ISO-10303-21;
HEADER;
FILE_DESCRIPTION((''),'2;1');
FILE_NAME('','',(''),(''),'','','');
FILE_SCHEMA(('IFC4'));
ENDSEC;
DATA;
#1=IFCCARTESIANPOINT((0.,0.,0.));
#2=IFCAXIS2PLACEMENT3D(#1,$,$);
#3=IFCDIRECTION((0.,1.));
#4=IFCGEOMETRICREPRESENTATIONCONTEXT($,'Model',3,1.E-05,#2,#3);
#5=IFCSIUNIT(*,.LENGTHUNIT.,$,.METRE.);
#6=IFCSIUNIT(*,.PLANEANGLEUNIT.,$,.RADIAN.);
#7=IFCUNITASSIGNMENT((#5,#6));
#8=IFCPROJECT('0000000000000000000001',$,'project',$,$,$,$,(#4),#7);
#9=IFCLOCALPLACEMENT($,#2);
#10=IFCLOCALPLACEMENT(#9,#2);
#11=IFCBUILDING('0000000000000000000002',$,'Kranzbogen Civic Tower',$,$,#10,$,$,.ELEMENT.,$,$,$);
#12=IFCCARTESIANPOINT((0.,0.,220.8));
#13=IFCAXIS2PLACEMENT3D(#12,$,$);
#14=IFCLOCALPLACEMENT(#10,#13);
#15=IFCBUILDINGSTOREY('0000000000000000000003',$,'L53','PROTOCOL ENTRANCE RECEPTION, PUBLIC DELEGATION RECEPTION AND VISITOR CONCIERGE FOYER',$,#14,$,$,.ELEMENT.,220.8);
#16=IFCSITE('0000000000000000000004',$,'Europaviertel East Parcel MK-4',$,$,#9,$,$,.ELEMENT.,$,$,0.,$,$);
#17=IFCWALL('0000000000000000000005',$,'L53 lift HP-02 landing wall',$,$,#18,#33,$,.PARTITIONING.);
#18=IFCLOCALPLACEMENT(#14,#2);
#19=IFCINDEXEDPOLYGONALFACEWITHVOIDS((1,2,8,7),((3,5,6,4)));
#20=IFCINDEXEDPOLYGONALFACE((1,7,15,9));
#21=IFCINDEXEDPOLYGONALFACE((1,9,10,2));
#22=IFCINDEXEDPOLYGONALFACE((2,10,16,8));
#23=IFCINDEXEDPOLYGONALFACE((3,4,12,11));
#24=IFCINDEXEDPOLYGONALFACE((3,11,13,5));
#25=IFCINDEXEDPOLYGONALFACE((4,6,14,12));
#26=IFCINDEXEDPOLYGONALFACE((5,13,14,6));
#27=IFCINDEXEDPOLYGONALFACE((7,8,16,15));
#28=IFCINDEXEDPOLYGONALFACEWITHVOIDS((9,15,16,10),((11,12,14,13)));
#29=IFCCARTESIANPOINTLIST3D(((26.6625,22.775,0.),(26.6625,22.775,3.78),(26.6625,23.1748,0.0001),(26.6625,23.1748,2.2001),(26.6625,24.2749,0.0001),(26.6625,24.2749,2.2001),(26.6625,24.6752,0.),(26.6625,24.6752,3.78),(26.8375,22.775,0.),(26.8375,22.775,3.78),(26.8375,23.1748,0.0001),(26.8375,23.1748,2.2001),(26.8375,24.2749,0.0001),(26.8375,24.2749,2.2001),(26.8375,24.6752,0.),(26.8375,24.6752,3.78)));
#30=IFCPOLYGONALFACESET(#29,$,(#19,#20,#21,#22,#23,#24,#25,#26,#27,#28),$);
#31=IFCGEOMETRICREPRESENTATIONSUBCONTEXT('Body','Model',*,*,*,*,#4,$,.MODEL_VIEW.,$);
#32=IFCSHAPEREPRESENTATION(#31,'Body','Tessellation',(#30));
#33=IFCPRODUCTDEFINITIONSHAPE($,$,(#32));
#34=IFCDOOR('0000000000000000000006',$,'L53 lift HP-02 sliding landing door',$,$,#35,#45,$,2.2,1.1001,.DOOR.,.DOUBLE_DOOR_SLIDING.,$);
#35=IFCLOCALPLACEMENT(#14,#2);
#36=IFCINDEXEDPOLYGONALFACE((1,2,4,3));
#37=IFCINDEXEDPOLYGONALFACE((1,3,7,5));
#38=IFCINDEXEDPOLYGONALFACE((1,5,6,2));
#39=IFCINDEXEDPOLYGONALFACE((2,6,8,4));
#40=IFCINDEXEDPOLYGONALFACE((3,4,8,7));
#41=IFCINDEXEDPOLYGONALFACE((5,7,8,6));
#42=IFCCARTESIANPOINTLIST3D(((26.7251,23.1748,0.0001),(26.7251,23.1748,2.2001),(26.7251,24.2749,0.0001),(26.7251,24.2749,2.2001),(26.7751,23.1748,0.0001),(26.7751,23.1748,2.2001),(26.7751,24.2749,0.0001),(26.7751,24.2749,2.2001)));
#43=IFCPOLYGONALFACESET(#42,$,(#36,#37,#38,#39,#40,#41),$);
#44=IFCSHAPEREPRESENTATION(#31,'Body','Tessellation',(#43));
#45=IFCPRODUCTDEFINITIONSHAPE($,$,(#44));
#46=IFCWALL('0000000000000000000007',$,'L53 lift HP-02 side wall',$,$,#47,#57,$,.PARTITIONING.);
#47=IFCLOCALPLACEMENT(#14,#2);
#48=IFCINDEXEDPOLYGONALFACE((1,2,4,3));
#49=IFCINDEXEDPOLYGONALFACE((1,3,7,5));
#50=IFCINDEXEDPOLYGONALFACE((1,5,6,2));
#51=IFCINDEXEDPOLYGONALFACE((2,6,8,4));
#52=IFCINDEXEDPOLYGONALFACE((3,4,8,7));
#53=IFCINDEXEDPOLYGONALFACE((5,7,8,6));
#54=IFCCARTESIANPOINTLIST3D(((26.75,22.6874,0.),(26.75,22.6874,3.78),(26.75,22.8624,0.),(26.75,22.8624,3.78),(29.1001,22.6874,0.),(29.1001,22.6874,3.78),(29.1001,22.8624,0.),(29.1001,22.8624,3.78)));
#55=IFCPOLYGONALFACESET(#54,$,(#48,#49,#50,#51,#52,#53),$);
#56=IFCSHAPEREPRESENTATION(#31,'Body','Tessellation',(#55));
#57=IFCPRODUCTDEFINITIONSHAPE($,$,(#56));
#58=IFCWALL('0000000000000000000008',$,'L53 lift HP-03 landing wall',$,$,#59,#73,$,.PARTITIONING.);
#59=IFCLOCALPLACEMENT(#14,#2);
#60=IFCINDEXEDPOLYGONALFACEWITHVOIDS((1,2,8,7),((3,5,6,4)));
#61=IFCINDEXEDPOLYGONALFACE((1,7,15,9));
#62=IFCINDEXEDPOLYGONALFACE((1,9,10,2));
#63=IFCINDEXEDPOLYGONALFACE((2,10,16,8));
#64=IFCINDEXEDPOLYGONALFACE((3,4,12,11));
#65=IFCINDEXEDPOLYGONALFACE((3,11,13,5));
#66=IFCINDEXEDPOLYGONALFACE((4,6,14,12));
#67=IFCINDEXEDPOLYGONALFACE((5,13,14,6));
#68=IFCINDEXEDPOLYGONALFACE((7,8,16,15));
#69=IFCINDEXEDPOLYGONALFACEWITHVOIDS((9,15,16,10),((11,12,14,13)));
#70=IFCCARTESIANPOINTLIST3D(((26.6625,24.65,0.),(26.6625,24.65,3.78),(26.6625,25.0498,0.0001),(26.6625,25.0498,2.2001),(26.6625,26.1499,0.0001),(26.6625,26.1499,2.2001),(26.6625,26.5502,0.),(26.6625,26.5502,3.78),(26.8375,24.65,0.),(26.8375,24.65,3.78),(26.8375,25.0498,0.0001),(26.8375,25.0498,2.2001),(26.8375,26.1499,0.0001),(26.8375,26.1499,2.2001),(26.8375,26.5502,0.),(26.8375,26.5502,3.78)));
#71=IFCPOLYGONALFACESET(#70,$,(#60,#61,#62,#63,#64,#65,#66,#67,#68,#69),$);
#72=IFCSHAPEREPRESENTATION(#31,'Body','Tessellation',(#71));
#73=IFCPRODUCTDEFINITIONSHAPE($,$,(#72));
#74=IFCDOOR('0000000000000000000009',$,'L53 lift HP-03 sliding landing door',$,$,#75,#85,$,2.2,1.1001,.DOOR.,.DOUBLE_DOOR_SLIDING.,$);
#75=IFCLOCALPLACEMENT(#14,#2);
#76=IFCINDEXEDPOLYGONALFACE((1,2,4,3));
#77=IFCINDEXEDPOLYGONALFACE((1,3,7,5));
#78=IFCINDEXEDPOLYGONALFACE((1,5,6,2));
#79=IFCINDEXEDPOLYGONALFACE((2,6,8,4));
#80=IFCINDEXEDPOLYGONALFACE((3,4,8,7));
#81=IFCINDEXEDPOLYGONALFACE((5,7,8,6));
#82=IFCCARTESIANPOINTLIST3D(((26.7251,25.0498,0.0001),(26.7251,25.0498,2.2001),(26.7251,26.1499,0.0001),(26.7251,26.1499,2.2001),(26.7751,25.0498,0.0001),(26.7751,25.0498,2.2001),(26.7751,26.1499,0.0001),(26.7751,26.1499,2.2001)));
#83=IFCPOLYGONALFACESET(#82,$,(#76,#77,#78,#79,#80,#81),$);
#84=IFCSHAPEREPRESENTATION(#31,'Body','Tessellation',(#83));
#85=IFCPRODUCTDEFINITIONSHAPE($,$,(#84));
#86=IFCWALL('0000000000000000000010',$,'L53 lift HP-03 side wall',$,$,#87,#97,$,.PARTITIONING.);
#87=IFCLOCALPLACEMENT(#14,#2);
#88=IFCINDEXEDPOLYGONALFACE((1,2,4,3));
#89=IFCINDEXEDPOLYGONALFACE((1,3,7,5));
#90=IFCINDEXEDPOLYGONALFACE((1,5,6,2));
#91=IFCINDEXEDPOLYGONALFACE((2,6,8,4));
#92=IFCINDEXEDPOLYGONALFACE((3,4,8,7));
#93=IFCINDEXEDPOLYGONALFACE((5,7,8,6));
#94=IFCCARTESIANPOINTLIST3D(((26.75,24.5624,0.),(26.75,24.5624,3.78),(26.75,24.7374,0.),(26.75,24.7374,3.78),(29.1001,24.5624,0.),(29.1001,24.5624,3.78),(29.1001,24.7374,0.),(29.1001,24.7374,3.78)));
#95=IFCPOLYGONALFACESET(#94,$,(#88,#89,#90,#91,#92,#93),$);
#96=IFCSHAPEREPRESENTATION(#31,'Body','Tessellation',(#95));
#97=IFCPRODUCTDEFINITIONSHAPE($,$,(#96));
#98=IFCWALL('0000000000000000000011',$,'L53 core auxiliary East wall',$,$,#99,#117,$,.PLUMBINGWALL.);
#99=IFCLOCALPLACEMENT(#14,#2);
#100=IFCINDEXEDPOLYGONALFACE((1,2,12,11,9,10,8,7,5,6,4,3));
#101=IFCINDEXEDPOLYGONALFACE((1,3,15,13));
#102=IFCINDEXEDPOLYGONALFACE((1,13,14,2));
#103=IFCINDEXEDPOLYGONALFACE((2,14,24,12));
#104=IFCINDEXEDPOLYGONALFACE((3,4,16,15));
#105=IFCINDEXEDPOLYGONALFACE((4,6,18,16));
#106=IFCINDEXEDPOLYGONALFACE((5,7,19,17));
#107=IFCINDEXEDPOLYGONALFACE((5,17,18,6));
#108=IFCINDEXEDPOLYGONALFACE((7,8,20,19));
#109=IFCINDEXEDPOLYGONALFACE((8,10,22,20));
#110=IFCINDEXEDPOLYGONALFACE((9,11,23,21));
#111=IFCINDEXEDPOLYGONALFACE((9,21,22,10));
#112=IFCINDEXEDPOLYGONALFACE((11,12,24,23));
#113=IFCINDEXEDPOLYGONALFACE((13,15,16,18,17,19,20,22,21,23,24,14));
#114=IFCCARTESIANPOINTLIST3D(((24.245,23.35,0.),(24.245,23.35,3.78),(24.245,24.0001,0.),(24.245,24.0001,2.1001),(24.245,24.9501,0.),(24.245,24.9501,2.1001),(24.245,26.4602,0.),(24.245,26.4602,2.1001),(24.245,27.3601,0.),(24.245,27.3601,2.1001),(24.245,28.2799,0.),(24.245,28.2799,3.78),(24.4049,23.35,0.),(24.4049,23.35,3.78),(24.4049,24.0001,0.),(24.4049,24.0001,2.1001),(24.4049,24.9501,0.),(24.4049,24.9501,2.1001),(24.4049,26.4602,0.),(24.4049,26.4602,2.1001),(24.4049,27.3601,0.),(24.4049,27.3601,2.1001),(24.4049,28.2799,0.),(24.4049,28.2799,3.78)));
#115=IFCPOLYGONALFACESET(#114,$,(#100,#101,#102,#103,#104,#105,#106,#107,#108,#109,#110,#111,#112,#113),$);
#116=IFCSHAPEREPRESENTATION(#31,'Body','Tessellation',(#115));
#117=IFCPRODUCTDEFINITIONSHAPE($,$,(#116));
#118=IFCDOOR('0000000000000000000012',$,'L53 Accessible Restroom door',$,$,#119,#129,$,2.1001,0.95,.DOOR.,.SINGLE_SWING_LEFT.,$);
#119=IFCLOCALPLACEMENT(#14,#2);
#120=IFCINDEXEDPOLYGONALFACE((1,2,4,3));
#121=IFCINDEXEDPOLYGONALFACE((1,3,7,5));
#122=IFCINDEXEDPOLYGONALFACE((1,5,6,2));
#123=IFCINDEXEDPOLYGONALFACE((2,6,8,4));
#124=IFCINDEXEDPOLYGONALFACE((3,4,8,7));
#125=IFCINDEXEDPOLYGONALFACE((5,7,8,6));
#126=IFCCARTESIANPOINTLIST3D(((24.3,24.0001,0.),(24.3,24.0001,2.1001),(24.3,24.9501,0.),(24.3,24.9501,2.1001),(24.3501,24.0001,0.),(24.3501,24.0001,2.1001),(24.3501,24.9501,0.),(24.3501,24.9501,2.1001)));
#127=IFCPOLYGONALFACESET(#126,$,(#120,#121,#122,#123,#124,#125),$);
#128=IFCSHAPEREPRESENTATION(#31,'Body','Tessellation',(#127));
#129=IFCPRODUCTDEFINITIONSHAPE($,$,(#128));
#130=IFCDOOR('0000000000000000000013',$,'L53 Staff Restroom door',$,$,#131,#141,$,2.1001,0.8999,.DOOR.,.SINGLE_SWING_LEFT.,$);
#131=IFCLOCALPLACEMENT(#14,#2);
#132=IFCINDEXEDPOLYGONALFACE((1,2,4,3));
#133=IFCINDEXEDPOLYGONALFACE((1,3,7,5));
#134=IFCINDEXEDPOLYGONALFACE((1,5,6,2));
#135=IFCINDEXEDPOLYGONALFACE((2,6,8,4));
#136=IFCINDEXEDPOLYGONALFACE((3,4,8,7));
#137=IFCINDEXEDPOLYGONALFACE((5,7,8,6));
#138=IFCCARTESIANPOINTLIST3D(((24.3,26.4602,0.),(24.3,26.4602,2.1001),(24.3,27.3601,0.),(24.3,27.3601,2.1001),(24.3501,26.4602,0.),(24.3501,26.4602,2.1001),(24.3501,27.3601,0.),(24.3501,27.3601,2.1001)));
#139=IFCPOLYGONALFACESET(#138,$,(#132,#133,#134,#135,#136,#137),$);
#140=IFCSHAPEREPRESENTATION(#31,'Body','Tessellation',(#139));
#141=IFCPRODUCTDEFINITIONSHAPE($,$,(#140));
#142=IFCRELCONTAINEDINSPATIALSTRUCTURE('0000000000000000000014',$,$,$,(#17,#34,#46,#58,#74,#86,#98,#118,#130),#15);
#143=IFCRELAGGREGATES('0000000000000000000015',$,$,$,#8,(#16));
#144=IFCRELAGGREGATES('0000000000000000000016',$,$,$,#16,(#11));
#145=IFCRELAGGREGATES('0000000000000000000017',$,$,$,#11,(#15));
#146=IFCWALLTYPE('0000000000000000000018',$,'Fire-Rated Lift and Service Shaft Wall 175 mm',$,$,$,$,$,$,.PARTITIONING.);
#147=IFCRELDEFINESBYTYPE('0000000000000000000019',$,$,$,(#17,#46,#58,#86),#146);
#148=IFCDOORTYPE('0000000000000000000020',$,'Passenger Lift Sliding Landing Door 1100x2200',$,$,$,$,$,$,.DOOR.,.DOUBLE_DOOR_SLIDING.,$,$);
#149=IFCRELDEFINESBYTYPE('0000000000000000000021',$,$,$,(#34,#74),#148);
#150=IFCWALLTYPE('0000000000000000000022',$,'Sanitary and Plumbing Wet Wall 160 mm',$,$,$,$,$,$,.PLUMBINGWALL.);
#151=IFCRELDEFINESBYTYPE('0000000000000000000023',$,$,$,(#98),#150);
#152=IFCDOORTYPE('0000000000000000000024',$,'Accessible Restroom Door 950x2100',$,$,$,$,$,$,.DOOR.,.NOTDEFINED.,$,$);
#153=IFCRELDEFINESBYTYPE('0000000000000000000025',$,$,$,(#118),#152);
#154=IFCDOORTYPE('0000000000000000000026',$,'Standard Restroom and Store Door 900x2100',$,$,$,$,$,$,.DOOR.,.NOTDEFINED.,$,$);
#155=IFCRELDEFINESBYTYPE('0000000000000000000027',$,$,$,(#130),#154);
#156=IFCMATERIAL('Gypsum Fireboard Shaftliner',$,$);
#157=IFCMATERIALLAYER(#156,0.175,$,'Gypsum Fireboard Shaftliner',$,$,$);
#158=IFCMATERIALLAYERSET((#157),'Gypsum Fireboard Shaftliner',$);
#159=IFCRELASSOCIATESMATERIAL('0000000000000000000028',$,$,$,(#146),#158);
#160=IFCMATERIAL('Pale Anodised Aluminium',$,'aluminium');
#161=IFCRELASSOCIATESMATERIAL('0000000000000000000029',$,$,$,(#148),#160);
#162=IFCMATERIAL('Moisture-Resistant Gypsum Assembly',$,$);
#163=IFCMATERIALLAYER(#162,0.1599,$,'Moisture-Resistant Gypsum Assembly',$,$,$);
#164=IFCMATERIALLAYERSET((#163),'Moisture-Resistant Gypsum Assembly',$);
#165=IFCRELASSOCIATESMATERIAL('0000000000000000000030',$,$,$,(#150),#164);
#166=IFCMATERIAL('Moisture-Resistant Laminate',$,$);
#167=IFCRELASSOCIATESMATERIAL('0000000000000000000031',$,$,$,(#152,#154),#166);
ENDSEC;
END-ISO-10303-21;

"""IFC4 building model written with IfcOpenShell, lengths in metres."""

from ifc_helpers import new_model, si_unit, direction, frame, frame_2d, origin, place, context, subcontext, project, spatial, rectangle, extrude, material, layer, layer_set, type_object, element, fill, save


model = new_model("IFC4")

# Units and contexts
model_context = context("Model", 3, precision=1e-05, world=origin(), true_north=direction((0.0, 1.0)))
body_context = subcontext(model_context, "Body", "Model", "MODEL_VIEW")
ifc_project = project(units=[si_unit("LENGTHUNIT", "METRE"), si_unit("PLANEANGLEUNIT", "RADIAN")], contexts=[model_context])

# Site, building, storey
site_placement = place(None, origin())
site = spatial("IfcSite", under=ifc_project, at=site_placement, Name="Europaviertel East Parcel MK-4", CompositionType="ELEMENT", RefElevation=0.0)
building_placement = place(site_placement, origin())
building = spatial("IfcBuilding", under=site, at=building_placement, Name="Kranzbogen Civic Tower", CompositionType="ELEMENT")
storey_placement = place(building_placement, frame((0.0, 0.0, 220.8)))
storey = spatial("IfcBuildingStorey", under=building, at=storey_placement, Name="L53", Description="PROTOCOL ENTRANCE RECEPTION, PUBLIC DELEGATION RECEPTION AND VISITOR CONCIERGE FOYER", CompositionType="ELEMENT", Elevation=220.8)

# Shared definitions
ifc_material_1 = material(Name="Gypsum Fireboard Shaftliner")
ifc_layer_1 = layer(ifc_material_1, 0.175, Name="Gypsum Fireboard Shaftliner")
ifc_layer_set_1 = layer_set([ifc_layer_1], Name="Gypsum Fireboard Shaftliner")
wall_type_1 = type_object("IfcWallType", Name="Fire-Rated Lift and Service Shaft Wall 175 mm", PredefinedType="PARTITIONING", material=ifc_layer_set_1)

# Shared definitions
ifc_material_2 = material(Name="Pale Anodised Aluminium", Category="aluminium")
door_type_1 = type_object("IfcDoorType", Name="Passenger Lift Sliding Landing Door 1100x2200", OperationType="DOUBLE_DOOR_SLIDING", PredefinedType="DOOR", material=ifc_material_2)

# Wall, opening, door
wall_1_placement = place(storey_placement, frame((26.75, 22.7749, 0.0), z_axis=(0.0, 0.0, 1.0), x_axis=(0.0, 1.0, 0.0)))
wall_1 = element("IfcWall", 1, at=wall_1_placement, inside=storey, type_object=wall_type_1, Name="L53 lift HP-02 landing wall", PredefinedType="PARTITIONING", context=body_context, shape_type="SweptSolid", body=[
    extrude(rectangle(XDim=1.9001, YDim=0.175, at=frame_2d((0.9502, 0.0))), origin(), (0.0, 0.0, 1.0), 3.78),
])
opening_1_placement = place(wall_1_placement, frame((0.3999, 0.0, 0.0)))
opening_1 = element("IfcOpeningElement", 2, at=opening_1_placement, cuts=wall_1, PredefinedType="OPENING", context=body_context, shape_type="SweptSolid", body=[
    extrude(rectangle(XDim=1.1001, YDim=2.2, at=frame_2d((0.55, 1.1001))), frame((0.0, 0.0977, 0.0), z_axis=(0.0, -1.0, 0.0), x_axis=(1.0, 0.0, 0.0)), (0.0, 0.0, 1.0), 0.1951),
])
door_1_placement = place(opening_1_placement, origin())
door_1 = element("IfcDoor", 3, at=door_1_placement, inside=storey, type_object=door_type_1, Name="L53 lift HP-02 sliding landing door", OperationType="DOUBLE_DOOR_SLIDING", OverallHeight=2.2, OverallWidth=1.1001, PredefinedType="DOOR", context=body_context, shape_type="SweptSolid", body=[
    extrude(rectangle(XDim=1.1001, YDim=2.2, at=frame_2d((0.55, 1.1001))), frame((0.0, 0.0249, 0.0), z_axis=(0.0, -1.0, 0.0), x_axis=(1.0, 0.0, 0.0)), (0.0, 0.0, 1.0), 0.05),
])
fill(opening_1, door_1)

# Wall
wall_2_placement = place(storey_placement, frame((26.75, 22.7749, 0.0), z_axis=(0.0, 0.0, 1.0), x_axis=(1.0, 0.0, 0.0)))
element("IfcWall", 4, at=wall_2_placement, inside=storey, type_object=wall_type_1, Name="L53 lift HP-02 side wall", PredefinedType="PARTITIONING", context=body_context, shape_type="SweptSolid", body=[
    extrude(rectangle(XDim=2.3501, YDim=0.175, at=frame_2d((1.175, 0.0))), origin(), (0.0, 0.0, 1.0), 3.78),
])

# Wall, opening, door
wall_3_placement = place(storey_placement, frame((26.75, 24.6499, 0.0), z_axis=(0.0, 0.0, 1.0), x_axis=(0.0, 1.0, 0.0)))
wall_3 = element("IfcWall", 5, at=wall_3_placement, inside=storey, type_object=wall_type_1, Name="L53 lift HP-03 landing wall", PredefinedType="PARTITIONING", context=body_context, shape_type="SweptSolid", body=[
    extrude(rectangle(XDim=1.9001, YDim=0.175, at=frame_2d((0.9502, 0.0))), origin(), (0.0, 0.0, 1.0), 3.78),
])
opening_2_placement = place(wall_3_placement, frame((0.3999, 0.0, 0.0)))
opening_2 = element("IfcOpeningElement", 6, at=opening_2_placement, cuts=wall_3, PredefinedType="OPENING", context=body_context, shape_type="SweptSolid", body=[
    extrude(rectangle(XDim=1.1001, YDim=2.2, at=frame_2d((0.55, 1.1001))), frame((0.0, 0.0977, 0.0), z_axis=(0.0, -1.0, 0.0), x_axis=(1.0, 0.0, 0.0)), (0.0, 0.0, 1.0), 0.1951),
])
door_2_placement = place(opening_2_placement, origin())
door_2 = element("IfcDoor", 7, at=door_2_placement, inside=storey, type_object=door_type_1, Name="L53 lift HP-03 sliding landing door", OperationType="DOUBLE_DOOR_SLIDING", OverallHeight=2.2, OverallWidth=1.1001, PredefinedType="DOOR", context=body_context, shape_type="SweptSolid", body=[
    extrude(rectangle(XDim=1.1001, YDim=2.2, at=frame_2d((0.55, 1.1001))), frame((0.0, 0.0249, 0.0), z_axis=(0.0, -1.0, 0.0), x_axis=(1.0, 0.0, 0.0)), (0.0, 0.0, 1.0), 0.05),
])
fill(opening_2, door_2)

# Wall
wall_4_placement = place(storey_placement, frame((26.75, 24.6499, 0.0), z_axis=(0.0, 0.0, 1.0), x_axis=(1.0, 0.0, 0.0)))
element("IfcWall", 8, at=wall_4_placement, inside=storey, type_object=wall_type_1, Name="L53 lift HP-03 side wall", PredefinedType="PARTITIONING", context=body_context, shape_type="SweptSolid", body=[
    extrude(rectangle(XDim=2.3501, YDim=0.175, at=frame_2d((1.175, 0.0))), origin(), (0.0, 0.0, 1.0), 3.78),
])

# Wall, openings, doors
ifc_material_3 = material(Name="Moisture-Resistant Gypsum Assembly")
ifc_layer_2 = layer(ifc_material_3, 0.1599, Name="Moisture-Resistant Gypsum Assembly")
ifc_layer_set_2 = layer_set([ifc_layer_2], Name="Moisture-Resistant Gypsum Assembly")
wall_type_2 = type_object("IfcWallType", Name="Sanitary and Plumbing Wet Wall 160 mm", PredefinedType="PLUMBINGWALL", material=ifc_layer_set_2)
wall_5_placement = place(storey_placement, frame((24.325, 23.3501, 0.0), z_axis=(0.0, 0.0, 1.0), x_axis=(0.0, 1.0, 0.0)))
wall_5 = element("IfcWall", 9, at=wall_5_placement, inside=storey, type_object=wall_type_2, Name="L53 core auxiliary East wall", PredefinedType="PLUMBINGWALL", context=body_context, shape_type="SweptSolid", body=[
    extrude(rectangle(XDim=4.9299, YDim=0.1599, at=frame_2d((2.4648, 0.0))), origin(), (0.0, 0.0, 1.0), 3.78),
])
opening_3_placement = place(wall_5_placement, frame((0.6499, 0.0, 0.0)))
opening_3 = element("IfcOpeningElement", 10, at=opening_3_placement, cuts=wall_5, PredefinedType="OPENING", context=body_context, shape_type="SweptSolid", body=[
    extrude(rectangle(XDim=0.95, YDim=2.1001, at=frame_2d((0.4751, 1.05))), frame((0.0, 0.0898, 0.0), z_axis=(0.0, -1.0, 0.0), x_axis=(1.0, 0.0, 0.0)), (0.0, 0.0, 1.0), 0.1799),
])
opening_4_placement = place(wall_5_placement, frame((3.1101, 0.0, 0.0)))
opening_4 = element("IfcOpeningElement", 11, at=opening_4_placement, cuts=wall_5, PredefinedType="OPENING", context=body_context, shape_type="SweptSolid", body=[
    extrude(rectangle(XDim=0.8999, YDim=2.1001, at=frame_2d((0.45, 1.05))), frame((0.0, 0.0898, 0.0), z_axis=(0.0, -1.0, 0.0), x_axis=(1.0, 0.0, 0.0)), (0.0, 0.0, 1.0), 0.1799),
])
ifc_material_4 = material(Name="Moisture-Resistant Laminate")
door_type_2 = type_object("IfcDoorType", Name="Accessible Restroom Door 950x2100", OperationType="NOTDEFINED", PredefinedType="DOOR", material=ifc_material_4)
door_3_placement = place(opening_3_placement, origin())
door_3 = element("IfcDoor", 12, at=door_3_placement, inside=storey, type_object=door_type_2, Name="L53 Accessible Restroom door", OperationType="SINGLE_SWING_LEFT", OverallHeight=2.1001, OverallWidth=0.95, PredefinedType="DOOR", context=body_context, shape_type="SweptSolid", body=[
    extrude(rectangle(XDim=0.95, YDim=2.1001, at=frame_2d((0.4751, 1.05))), frame((0.0, 0.0249, 0.0), z_axis=(0.0, -1.0, 0.0), x_axis=(1.0, 0.0, 0.0)), (0.0, 0.0, 1.0), 0.05),
])
fill(opening_3, door_3)
door_type_3 = type_object("IfcDoorType", Name="Standard Restroom and Store Door 900x2100", OperationType="NOTDEFINED", PredefinedType="DOOR", material=ifc_material_4)
door_4_placement = place(opening_4_placement, origin())
door_4 = element("IfcDoor", 13, at=door_4_placement, inside=storey, type_object=door_type_3, Name="L53 Staff Restroom door", OperationType="SINGLE_SWING_LEFT", OverallHeight=2.1001, OverallWidth=0.8999, PredefinedType="DOOR", context=body_context, shape_type="SweptSolid", body=[
    extrude(rectangle(XDim=0.8999, YDim=2.1001, at=frame_2d((0.45, 1.05))), frame((0.0, 0.0249, 0.0), z_axis=(0.0, -1.0, 0.0), x_axis=(1.0, 0.0, 0.0)), (0.0, 0.0, 1.0), 0.05),
])
fill(opening_4, door_4)

save(model, "model.ifc")
